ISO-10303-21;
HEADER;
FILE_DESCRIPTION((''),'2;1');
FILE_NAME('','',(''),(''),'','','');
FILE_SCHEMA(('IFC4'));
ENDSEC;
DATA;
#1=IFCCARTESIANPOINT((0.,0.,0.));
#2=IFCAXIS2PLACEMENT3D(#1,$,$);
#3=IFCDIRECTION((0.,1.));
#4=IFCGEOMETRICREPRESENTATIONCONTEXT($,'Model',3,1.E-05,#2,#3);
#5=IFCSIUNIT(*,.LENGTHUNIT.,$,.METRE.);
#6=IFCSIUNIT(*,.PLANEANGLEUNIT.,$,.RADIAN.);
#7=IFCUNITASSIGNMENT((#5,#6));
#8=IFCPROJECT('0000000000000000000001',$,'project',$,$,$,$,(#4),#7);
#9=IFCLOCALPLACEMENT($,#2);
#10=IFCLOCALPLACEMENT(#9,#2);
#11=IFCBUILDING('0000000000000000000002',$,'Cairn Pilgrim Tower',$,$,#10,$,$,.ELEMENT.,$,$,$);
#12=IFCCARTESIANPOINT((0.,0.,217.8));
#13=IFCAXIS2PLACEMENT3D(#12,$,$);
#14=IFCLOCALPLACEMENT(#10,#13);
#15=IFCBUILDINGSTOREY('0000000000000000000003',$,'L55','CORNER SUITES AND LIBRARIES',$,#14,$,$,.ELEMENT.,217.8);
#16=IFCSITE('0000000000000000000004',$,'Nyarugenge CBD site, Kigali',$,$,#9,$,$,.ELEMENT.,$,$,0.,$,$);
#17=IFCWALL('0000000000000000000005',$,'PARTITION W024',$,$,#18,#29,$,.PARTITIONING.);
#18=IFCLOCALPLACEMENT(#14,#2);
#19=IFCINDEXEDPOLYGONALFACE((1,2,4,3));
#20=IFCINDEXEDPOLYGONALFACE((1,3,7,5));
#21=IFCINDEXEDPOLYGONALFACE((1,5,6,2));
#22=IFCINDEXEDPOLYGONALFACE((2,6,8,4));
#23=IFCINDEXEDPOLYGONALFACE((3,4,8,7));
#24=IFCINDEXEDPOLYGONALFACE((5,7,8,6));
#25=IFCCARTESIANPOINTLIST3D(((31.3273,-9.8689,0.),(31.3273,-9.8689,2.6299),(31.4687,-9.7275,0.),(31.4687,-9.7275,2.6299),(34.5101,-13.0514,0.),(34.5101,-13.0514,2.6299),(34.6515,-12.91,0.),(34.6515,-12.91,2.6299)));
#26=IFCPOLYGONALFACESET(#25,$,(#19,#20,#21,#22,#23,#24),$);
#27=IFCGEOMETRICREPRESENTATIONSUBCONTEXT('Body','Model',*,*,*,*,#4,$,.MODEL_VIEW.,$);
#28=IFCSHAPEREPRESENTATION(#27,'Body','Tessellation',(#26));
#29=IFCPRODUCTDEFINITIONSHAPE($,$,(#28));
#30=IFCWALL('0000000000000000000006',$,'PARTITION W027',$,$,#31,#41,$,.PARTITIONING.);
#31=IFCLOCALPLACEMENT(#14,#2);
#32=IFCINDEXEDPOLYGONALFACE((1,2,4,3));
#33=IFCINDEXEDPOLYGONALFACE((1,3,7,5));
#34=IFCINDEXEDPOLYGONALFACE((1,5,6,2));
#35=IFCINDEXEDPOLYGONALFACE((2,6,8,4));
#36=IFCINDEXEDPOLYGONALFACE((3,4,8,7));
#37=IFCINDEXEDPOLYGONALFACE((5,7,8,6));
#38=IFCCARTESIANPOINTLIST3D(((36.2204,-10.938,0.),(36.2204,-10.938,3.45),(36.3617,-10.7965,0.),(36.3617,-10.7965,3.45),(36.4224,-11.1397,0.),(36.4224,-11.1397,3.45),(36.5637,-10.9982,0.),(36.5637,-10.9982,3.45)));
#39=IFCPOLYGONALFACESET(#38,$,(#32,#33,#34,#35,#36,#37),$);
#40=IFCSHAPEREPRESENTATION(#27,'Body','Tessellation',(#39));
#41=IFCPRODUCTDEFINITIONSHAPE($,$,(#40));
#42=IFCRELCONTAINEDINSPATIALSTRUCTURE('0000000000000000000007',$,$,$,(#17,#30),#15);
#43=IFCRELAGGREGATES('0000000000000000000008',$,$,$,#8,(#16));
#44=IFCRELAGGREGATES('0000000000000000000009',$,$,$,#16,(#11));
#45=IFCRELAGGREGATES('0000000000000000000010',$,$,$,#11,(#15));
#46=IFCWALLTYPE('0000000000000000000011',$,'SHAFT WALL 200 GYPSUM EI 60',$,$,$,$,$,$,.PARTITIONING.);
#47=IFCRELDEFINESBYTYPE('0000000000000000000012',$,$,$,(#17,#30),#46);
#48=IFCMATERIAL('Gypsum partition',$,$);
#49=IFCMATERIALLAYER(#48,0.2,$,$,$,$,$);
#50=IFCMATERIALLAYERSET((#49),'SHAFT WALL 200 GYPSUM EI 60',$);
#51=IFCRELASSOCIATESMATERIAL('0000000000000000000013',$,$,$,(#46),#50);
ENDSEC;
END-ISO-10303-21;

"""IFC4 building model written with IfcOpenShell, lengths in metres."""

from ifc_helpers import new_model, si_unit, direction, frame, frame_2d, origin, place, context, subcontext, project, spatial, rectangle, extrude, material, layer, layer_set, type_object, element, save


model = new_model("IFC4")

# Units and contexts
model_context = context("Model", 3, precision=1e-05, world=origin(), true_north=direction((0.0, 1.0)))
body_context = subcontext(model_context, "Body", "Model", "MODEL_VIEW")
ifc_project = project(units=[si_unit("LENGTHUNIT", "METRE"), si_unit("PLANEANGLEUNIT", "RADIAN")], contexts=[model_context])

# Site, building, storey
site_placement = place(None, origin())
site = spatial("IfcSite", under=ifc_project, at=site_placement, Name="Nyarugenge CBD site, Kigali", CompositionType="ELEMENT", RefElevation=0.0)
building_placement = place(site_placement, origin())
building = spatial("IfcBuilding", under=site, at=building_placement, Name="Cairn Pilgrim Tower", CompositionType="ELEMENT")
storey_placement = place(building_placement, frame((0.0, 0.0, 217.8)))
storey = spatial("IfcBuildingStorey", under=building, at=storey_placement, Name="L55", Description="CORNER SUITES AND LIBRARIES", CompositionType="ELEMENT", Elevation=217.8)

# Walls
ifc_material_1 = material(Name="Gypsum partition")
ifc_layer_1 = layer(ifc_material_1, 0.2)
ifc_layer_set_1 = layer_set([ifc_layer_1], Name="SHAFT WALL 200 GYPSUM EI 60")
wall_type_1 = type_object("IfcWallType", Name="SHAFT WALL 200 GYPSUM EI 60", PredefinedType="PARTITIONING", material=ifc_layer_set_1)
wall_1_placement = place(storey_placement, frame((34.5808, -12.9807, 0.0), z_axis=(0.0, 0.0, 1.0), x_axis=(-0.707134, 0.70708, 0.0)))
element("IfcWall", 1, at=wall_1_placement, inside=storey, type_object=wall_type_1, Name="PARTITION W024", PredefinedType="PARTITIONING", context=body_context, shape_type="SweptSolid", body=[
    extrude(rectangle(XDim=4.501, YDim=0.2, at=frame_2d((2.2505, 0.0))), origin(), (0.0, 0.0, 1.0), 2.6299),
])
wall_2_placement = place(storey_placement, frame((36.4929, -11.0688, 0.0), z_axis=(0.0, 0.0, 1.0), x_axis=(-0.707534, 0.706679, 0.0)))
element("IfcWall", 2, at=wall_2_placement, inside=storey, type_object=wall_type_1, Name="PARTITION W027", PredefinedType="PARTITIONING", context=body_context, shape_type="SweptSolid", body=[
    extrude(rectangle(XDim=0.2854, YDim=0.2, at=frame_2d((0.1426, 0.0))), origin(), (0.0, 0.0, 1.0), 3.45),
])

save(model, "model.ifc")
